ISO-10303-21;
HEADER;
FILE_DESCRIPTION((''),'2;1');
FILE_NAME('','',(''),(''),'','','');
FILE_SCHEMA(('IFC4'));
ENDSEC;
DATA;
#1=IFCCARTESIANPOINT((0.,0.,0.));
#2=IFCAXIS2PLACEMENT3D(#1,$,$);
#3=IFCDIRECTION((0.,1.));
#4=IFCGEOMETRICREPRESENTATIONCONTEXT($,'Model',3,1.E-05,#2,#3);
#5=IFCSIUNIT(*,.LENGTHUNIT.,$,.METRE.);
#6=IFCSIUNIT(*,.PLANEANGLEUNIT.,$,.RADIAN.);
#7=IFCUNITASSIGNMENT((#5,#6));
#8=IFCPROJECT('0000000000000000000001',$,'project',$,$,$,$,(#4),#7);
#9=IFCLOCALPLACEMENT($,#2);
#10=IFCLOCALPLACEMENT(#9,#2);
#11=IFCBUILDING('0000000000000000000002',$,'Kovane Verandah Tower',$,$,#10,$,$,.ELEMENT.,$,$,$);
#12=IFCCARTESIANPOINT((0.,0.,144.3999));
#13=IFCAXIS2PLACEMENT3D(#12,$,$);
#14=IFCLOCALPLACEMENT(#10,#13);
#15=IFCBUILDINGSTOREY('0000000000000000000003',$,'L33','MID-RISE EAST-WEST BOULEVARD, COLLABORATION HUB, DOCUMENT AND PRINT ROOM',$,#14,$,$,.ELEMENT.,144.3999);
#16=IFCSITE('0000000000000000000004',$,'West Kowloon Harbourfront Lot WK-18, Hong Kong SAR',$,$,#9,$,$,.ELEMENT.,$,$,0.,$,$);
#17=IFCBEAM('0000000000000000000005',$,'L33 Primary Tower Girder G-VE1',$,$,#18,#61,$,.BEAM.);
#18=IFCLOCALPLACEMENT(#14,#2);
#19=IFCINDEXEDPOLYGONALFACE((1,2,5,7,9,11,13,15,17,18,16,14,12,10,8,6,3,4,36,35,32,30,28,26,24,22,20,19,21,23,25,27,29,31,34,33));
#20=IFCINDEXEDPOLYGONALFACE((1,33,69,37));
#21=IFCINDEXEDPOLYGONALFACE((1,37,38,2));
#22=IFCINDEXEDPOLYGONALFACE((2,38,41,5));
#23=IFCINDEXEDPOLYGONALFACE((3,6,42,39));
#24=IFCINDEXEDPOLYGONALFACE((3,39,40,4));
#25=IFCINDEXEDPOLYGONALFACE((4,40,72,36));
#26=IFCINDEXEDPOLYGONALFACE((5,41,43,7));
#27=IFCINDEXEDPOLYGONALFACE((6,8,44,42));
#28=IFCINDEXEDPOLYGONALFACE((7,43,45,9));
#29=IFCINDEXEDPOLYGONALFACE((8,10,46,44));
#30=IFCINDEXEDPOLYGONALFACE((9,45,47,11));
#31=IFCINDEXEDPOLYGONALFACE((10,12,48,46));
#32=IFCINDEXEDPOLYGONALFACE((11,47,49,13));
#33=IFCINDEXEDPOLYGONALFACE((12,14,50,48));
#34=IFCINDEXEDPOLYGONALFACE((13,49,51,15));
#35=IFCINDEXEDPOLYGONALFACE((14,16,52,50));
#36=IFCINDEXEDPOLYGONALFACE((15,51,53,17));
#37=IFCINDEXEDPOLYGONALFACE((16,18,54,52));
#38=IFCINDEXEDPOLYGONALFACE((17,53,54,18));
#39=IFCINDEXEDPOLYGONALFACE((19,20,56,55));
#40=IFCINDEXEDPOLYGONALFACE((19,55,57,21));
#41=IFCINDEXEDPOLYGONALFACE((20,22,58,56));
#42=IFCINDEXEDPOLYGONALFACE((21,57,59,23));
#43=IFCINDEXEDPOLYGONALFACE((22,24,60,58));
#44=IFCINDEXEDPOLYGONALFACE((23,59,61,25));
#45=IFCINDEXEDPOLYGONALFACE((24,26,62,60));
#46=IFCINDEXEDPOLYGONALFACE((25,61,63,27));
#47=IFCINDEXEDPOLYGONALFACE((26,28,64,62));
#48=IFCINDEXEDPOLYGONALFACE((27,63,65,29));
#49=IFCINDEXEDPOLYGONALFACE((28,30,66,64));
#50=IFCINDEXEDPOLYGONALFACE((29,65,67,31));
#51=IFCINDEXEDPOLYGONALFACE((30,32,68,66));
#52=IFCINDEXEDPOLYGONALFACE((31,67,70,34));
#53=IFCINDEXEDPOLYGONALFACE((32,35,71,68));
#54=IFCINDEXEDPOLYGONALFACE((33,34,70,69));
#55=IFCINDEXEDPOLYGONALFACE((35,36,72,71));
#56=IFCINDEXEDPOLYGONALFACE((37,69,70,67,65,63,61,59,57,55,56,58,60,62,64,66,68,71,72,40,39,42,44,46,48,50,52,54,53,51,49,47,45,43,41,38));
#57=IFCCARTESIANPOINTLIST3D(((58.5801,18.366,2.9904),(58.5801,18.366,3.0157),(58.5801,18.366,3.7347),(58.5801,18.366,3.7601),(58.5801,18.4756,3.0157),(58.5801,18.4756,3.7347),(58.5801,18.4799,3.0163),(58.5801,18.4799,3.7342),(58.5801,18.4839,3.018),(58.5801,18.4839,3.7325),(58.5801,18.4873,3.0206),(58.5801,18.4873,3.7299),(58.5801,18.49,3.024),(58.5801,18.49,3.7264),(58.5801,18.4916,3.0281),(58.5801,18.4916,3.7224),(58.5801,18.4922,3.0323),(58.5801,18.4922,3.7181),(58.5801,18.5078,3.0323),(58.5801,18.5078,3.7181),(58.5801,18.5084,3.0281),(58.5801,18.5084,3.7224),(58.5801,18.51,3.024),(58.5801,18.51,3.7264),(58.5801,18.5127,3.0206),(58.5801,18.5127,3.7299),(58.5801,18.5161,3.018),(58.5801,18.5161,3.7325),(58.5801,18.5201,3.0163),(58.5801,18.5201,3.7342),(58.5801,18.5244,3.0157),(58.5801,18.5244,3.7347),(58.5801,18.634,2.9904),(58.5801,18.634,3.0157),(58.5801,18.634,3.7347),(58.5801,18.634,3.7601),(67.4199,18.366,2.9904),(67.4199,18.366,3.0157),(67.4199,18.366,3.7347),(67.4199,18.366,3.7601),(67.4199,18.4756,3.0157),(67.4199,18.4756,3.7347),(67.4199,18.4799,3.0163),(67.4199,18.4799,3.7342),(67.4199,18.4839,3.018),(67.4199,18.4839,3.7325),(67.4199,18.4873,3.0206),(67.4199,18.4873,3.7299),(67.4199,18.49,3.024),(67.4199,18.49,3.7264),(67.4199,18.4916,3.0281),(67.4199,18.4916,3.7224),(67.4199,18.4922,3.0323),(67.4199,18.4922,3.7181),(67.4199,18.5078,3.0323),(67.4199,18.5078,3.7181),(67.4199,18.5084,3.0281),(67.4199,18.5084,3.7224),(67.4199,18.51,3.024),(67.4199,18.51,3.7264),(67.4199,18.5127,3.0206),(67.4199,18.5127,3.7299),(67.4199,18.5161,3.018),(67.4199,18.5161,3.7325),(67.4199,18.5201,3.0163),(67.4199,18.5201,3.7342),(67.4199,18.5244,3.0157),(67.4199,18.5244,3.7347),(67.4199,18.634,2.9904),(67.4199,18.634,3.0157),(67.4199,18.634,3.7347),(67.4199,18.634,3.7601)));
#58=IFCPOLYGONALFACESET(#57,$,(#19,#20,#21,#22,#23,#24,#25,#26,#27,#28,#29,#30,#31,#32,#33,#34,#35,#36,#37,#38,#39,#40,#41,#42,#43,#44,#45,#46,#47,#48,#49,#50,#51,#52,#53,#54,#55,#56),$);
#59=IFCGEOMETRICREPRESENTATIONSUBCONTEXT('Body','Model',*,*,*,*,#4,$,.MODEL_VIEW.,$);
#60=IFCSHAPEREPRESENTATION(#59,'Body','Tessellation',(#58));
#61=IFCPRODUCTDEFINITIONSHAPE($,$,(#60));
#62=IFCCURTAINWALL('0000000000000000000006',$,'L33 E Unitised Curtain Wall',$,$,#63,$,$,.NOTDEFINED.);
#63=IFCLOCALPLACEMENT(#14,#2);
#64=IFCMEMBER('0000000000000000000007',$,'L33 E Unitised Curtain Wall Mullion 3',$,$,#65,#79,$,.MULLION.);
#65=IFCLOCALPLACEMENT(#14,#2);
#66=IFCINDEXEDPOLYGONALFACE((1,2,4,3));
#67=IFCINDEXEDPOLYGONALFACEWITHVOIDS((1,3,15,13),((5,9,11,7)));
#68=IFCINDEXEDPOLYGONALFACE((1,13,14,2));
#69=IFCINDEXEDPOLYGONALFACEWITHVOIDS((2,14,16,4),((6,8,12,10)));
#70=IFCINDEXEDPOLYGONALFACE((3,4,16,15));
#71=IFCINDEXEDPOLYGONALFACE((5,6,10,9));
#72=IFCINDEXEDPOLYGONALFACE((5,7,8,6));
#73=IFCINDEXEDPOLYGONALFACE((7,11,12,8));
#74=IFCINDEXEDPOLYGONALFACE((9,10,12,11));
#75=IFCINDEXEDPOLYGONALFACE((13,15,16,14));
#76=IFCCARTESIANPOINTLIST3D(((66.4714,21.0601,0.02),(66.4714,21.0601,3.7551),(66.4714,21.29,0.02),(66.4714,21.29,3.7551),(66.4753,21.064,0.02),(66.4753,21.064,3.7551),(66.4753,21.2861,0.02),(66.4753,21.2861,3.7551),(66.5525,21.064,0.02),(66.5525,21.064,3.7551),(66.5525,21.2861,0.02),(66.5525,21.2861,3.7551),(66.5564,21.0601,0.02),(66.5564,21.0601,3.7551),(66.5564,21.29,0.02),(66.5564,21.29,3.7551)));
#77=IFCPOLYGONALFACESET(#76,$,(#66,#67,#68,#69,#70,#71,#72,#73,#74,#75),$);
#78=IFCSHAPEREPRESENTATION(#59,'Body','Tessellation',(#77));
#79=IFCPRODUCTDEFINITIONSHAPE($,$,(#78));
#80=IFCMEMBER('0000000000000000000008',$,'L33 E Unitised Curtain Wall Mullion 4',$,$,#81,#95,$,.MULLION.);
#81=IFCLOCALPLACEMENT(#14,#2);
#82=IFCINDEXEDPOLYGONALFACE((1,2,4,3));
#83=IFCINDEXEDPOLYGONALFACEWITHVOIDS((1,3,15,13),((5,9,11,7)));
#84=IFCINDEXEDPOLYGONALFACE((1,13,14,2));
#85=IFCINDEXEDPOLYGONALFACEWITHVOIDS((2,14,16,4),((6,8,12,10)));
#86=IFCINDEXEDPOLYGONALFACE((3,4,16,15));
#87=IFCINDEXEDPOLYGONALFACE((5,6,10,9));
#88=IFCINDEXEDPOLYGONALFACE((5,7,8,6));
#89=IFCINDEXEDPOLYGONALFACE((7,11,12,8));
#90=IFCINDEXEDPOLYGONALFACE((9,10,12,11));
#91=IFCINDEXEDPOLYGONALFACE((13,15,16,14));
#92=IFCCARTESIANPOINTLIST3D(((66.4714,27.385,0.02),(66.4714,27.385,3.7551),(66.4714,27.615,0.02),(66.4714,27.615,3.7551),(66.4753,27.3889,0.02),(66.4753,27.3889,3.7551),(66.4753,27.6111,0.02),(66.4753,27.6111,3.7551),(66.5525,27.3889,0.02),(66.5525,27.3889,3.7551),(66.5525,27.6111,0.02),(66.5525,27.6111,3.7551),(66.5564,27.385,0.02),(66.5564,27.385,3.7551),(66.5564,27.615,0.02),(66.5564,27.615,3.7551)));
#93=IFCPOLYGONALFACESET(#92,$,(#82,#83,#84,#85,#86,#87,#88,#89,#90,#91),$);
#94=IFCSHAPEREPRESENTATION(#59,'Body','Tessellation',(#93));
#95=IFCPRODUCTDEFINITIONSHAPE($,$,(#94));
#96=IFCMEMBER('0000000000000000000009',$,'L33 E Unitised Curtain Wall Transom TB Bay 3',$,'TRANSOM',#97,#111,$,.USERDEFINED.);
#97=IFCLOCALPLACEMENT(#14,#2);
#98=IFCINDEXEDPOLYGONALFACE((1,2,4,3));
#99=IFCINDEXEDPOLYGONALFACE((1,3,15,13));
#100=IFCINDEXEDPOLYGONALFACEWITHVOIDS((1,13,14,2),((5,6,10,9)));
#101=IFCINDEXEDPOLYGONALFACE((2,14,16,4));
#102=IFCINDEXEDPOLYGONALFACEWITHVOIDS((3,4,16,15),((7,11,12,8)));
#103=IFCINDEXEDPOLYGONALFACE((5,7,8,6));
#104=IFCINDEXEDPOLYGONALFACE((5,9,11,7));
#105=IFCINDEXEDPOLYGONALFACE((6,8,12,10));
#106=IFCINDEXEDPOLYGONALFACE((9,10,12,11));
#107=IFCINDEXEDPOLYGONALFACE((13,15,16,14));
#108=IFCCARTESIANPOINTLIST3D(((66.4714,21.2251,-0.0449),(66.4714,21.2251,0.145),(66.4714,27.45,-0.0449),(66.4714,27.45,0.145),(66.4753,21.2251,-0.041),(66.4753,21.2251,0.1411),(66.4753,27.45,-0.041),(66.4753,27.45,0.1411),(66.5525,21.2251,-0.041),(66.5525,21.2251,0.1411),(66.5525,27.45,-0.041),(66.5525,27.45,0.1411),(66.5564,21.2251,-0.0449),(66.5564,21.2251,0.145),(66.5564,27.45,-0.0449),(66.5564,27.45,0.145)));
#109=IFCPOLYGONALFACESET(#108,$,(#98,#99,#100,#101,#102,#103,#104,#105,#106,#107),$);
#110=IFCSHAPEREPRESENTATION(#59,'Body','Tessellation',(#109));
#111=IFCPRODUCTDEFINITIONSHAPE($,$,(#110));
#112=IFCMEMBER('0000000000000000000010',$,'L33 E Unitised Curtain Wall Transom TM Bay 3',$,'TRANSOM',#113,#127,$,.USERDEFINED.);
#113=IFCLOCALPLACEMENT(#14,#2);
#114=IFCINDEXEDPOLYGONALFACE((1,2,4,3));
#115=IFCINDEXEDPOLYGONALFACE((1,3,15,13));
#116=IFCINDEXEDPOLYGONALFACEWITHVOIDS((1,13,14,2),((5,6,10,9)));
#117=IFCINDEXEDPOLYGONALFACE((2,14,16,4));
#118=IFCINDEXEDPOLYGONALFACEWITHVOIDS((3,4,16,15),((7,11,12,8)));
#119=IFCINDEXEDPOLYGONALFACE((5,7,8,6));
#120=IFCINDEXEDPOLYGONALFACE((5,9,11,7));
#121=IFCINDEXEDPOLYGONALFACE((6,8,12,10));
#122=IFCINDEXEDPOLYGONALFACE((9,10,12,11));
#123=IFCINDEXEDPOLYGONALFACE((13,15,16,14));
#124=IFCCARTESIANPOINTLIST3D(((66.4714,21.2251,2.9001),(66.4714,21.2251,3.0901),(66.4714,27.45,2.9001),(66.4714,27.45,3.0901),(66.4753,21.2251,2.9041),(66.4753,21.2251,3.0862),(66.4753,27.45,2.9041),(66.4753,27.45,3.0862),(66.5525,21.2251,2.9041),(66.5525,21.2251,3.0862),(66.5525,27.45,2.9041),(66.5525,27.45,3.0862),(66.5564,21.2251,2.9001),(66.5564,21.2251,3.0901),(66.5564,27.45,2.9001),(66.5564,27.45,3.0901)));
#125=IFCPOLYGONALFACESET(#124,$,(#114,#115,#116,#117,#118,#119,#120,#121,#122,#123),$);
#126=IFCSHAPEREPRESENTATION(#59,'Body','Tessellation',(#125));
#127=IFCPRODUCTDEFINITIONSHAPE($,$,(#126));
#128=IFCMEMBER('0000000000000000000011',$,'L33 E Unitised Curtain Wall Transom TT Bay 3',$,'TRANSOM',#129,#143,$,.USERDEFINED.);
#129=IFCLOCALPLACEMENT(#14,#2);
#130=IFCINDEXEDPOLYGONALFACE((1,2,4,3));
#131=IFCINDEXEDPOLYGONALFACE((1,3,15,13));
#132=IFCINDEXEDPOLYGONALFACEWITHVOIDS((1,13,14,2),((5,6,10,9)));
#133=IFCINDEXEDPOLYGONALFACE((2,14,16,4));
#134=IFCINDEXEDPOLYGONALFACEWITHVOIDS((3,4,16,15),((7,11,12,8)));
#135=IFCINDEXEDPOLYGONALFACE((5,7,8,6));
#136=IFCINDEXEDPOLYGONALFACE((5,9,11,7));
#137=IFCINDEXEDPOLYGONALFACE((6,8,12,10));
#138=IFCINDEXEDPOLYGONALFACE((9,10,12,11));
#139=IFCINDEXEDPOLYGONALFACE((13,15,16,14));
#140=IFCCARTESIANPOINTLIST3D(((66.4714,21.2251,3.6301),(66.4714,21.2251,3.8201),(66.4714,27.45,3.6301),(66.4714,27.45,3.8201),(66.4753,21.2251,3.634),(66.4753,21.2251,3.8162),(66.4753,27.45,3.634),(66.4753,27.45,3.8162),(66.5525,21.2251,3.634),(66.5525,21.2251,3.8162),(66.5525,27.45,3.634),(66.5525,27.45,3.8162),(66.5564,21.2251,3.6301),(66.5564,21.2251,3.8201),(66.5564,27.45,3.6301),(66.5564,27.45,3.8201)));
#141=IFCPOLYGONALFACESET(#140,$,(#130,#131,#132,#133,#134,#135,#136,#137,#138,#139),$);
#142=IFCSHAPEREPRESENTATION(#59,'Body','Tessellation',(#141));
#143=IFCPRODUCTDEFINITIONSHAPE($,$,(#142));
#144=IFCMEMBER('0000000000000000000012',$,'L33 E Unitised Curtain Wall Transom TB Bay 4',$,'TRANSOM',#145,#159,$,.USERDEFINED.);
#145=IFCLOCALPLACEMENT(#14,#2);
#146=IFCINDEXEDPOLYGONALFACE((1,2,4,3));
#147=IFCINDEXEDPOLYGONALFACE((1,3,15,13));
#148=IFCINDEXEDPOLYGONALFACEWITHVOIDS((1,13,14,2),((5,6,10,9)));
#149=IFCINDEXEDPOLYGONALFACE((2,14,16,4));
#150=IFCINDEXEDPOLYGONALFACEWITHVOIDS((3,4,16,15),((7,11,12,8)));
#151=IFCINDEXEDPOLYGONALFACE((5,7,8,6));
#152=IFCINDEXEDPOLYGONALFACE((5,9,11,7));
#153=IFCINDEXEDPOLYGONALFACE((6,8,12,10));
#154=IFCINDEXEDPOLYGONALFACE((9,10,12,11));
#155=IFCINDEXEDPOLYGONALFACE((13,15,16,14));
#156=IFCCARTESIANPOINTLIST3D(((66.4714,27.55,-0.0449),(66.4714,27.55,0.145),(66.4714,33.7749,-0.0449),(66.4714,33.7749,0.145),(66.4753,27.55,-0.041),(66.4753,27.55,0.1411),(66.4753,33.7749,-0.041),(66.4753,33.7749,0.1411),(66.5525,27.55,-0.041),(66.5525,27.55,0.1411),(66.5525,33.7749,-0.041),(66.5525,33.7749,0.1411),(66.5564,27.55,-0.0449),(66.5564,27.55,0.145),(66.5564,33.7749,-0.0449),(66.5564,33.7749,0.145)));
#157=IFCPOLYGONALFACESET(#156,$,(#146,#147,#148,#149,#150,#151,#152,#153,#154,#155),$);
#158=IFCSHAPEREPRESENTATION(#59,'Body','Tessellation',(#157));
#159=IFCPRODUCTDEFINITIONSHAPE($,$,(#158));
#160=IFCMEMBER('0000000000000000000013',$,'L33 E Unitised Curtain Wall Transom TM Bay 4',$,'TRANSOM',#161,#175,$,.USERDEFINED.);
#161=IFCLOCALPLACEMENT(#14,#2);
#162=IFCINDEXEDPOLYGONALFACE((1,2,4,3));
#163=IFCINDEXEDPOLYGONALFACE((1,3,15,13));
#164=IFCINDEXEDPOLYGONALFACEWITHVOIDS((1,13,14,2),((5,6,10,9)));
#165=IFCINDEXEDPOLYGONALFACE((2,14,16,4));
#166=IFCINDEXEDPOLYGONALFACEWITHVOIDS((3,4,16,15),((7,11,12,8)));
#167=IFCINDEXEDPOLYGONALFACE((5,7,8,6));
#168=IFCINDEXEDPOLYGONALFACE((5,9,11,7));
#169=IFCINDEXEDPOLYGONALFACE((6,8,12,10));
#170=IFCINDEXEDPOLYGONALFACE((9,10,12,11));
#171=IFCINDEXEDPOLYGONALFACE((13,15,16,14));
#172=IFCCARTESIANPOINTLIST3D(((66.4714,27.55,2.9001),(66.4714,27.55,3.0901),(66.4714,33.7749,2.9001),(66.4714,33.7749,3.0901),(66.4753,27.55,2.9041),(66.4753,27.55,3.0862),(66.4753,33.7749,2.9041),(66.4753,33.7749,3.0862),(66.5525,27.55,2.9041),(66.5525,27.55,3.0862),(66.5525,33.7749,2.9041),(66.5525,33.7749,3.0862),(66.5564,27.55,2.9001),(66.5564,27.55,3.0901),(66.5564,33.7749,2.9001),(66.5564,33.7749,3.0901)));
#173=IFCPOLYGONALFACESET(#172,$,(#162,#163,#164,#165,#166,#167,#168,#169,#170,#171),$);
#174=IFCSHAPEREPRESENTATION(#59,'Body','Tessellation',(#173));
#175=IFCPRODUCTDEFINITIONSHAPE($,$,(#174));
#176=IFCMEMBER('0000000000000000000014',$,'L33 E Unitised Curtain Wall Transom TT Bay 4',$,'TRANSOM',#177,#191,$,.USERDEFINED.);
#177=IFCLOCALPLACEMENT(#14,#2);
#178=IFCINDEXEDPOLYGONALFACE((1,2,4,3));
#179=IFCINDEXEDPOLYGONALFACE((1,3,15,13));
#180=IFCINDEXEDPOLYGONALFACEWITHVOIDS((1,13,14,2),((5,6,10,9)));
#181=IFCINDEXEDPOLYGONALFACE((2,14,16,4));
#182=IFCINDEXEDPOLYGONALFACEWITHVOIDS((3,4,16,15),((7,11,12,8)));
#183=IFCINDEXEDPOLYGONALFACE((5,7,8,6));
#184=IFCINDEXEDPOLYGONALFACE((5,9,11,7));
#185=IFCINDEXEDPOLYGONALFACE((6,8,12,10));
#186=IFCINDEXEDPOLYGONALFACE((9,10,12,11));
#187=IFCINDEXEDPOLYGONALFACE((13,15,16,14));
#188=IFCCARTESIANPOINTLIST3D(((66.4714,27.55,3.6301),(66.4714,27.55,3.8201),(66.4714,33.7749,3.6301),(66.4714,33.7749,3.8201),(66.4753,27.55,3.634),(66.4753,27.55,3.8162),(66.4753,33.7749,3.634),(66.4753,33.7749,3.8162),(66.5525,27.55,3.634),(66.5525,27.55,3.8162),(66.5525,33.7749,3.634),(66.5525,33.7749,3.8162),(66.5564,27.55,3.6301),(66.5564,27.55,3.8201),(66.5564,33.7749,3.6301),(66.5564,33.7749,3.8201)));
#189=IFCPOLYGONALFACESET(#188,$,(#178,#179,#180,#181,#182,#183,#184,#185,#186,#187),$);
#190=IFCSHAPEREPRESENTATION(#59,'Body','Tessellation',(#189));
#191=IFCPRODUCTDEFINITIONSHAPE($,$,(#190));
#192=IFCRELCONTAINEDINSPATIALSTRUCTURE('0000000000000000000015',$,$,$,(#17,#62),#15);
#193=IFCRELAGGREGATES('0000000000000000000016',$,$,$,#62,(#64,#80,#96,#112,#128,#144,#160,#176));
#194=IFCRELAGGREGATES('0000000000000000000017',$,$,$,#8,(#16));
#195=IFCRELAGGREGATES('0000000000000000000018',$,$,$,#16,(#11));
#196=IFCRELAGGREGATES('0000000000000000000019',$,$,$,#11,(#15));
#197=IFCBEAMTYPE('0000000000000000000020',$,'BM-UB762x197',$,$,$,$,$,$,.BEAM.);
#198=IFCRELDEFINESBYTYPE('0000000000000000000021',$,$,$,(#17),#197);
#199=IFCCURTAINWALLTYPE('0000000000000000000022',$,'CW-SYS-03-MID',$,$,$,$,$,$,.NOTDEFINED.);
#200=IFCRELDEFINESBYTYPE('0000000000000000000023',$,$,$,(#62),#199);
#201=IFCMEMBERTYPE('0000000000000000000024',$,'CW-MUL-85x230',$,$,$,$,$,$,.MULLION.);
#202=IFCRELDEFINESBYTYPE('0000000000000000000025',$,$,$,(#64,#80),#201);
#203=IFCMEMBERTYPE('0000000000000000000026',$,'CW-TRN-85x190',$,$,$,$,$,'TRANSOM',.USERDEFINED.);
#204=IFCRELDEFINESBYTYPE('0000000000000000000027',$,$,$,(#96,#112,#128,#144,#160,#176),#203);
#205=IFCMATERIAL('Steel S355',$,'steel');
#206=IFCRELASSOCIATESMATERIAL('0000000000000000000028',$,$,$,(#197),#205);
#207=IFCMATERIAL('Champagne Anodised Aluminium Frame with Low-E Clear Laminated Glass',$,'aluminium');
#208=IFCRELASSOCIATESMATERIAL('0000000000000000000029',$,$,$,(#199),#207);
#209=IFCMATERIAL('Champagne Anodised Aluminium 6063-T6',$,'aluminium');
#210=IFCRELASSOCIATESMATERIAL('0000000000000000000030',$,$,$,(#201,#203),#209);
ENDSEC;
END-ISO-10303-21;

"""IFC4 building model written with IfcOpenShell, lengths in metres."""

from ifc_helpers import new_model, si_unit, direction, frame, origin, origin_2d, place, context, subcontext, project, spatial, hollow_rectangle, i_section, extrude, material, material_profile, profile_set, type_object, element, aggregate, save


model = new_model("IFC4")

# Units and contexts
model_context = context("Model", 3, precision=1e-05, world=origin(), true_north=direction((0.0, 1.0)))
body_context = subcontext(model_context, "Body", "Model", "MODEL_VIEW")
ifc_project = project(units=[si_unit("LENGTHUNIT", "METRE"), si_unit("PLANEANGLEUNIT", "RADIAN")], contexts=[model_context])

# Site, building, storey
site_placement = place(None, origin())
site = spatial("IfcSite", under=ifc_project, at=site_placement, Name="West Kowloon Harbourfront Lot WK-18, Hong Kong SAR", CompositionType="ELEMENT", RefElevation=0.0)
building_placement = place(site_placement, origin())
building = spatial("IfcBuilding", under=site, at=building_placement, Name="Kovane Verandah Tower", CompositionType="ELEMENT")
storey_placement = place(building_placement, frame((0.0, 0.0, 144.3999)))
storey = spatial("IfcBuildingStorey", under=building, at=storey_placement, Name="L33", Description="MID-RISE EAST-WEST BOULEVARD, COLLABORATION HUB, DOCUMENT AND PRINT ROOM", CompositionType="ELEMENT", Elevation=144.3999)

# Beam
ifc_material_1 = material(Name="Steel S355", Category="steel")
ifc_material_profile_1 = material_profile(ifc_material_1, i_section(OverallWidth=0.2681, OverallDepth=0.7698, WebThickness=0.0156, FlangeThickness=0.0254, FilletRadius=0.0166, at=origin_2d()), Name="UB762x267x197")
ifc_profile_set_1 = profile_set([ifc_material_profile_1], Name="Steel S355")
beam_type_1 = type_object("IfcBeamType", Name="BM-UB762x197", PredefinedType="BEAM", material=ifc_profile_set_1)
beam_1_placement = place(storey_placement, frame((58.5801, 18.5, 3.3752), z_axis=(1.0, 0.0, 0.0), x_axis=(0.0, 1.0, 0.0)))
element("IfcBeam", 1, at=beam_1_placement, inside=storey, type_object=beam_type_1, Name="L33 Primary Tower Girder G-VE1", PredefinedType="BEAM", context=body_context, shape_type="SweptSolid", body=[
    extrude(i_section(OverallWidth=0.2681, OverallDepth=0.7698, WebThickness=0.0156, FlangeThickness=0.0254, FilletRadius=0.0166, at=origin_2d()), origin(), (0.0, 0.0, 1.0), 8.8398),
])

# Curtain wall, members
ifc_material_2 = material(Name="Champagne Anodised Aluminium Frame with Low-E Clear Laminated Glass", Category="aluminium")
curtain_wall_type = type_object("IfcCurtainWallType", Name="CW-SYS-03-MID", PredefinedType="NOTDEFINED", material=ifc_material_2)
curtain_wall_placement = place(storey_placement, origin())
curtain_wall = element("IfcCurtainWall", 2, at=curtain_wall_placement, inside=storey, type_object=curtain_wall_type, Name="L33 E Unitised Curtain Wall", PredefinedType="NOTDEFINED")
ifc_material_3 = material(Name="Champagne Anodised Aluminium 6063-T6", Category="aluminium")
ifc_material_profile_2 = material_profile(ifc_material_3, hollow_rectangle(XDim=0.085, YDim=0.23, WallThickness=0.0039, at=origin_2d()), Name="AL85x230x4")
ifc_profile_set_2 = profile_set([ifc_material_profile_2], Name="Champagne Anodised Aluminium 6063-T6")
member_type_1 = type_object("IfcMemberType", Name="CW-MUL-85x230", PredefinedType="MULLION", material=ifc_profile_set_2)
member_1_placement = place(storey_placement, frame((66.5139, 21.175, 0.02), z_axis=(0.0, 0.0, 1.0), x_axis=(1.0, 0.0, 0.0)))
member_1 = element("IfcMember", 3, at=member_1_placement, type_object=member_type_1, Name="L33 E Unitised Curtain Wall Mullion 3", PredefinedType="MULLION", context=body_context, shape_type="SweptSolid", body=[
    extrude(hollow_rectangle(XDim=0.085, YDim=0.23, WallThickness=0.0039, at=origin_2d()), origin(), (0.0, 0.0, 1.0), 3.7351),
])
member_2_placement = place(storey_placement, frame((66.5139, 27.5, 0.02), z_axis=(0.0, 0.0, 1.0), x_axis=(1.0, 0.0, 0.0)))
member_2 = element("IfcMember", 4, at=member_2_placement, type_object=member_type_1, Name="L33 E Unitised Curtain Wall Mullion 4", PredefinedType="MULLION", context=body_context, shape_type="SweptSolid", body=[
    extrude(hollow_rectangle(XDim=0.085, YDim=0.23, WallThickness=0.0039, at=origin_2d()), origin(), (0.0, 0.0, 1.0), 3.7351),
])
ifc_material_profile_3 = material_profile(ifc_material_3, hollow_rectangle(XDim=0.085, YDim=0.1899, WallThickness=0.0039, at=origin_2d()), Name="AL85x190x4")
ifc_profile_set_3 = profile_set([ifc_material_profile_3], Name="Champagne Anodised Aluminium 6063-T6")
member_type_2 = type_object("IfcMemberType", Name="CW-TRN-85x190", ElementType="TRANSOM", PredefinedType="USERDEFINED", material=ifc_profile_set_3)
member_3_placement = place(storey_placement, frame((66.5139, 21.2251, 0.05), z_axis=(0.0, 1.0, 0.0), x_axis=(-1.0, 0.0, 0.0)))
member_3 = element("IfcMember", 5, at=member_3_placement, type_object=member_type_2, Name="L33 E Unitised Curtain Wall Transom TB Bay 3", ObjectType="TRANSOM", PredefinedType="USERDEFINED", context=body_context, shape_type="SweptSolid", body=[
    extrude(hollow_rectangle(XDim=0.085, YDim=0.1899, WallThickness=0.0039, at=origin_2d()), origin(), (0.0, 0.0, 1.0), 6.2249),
])
member_4_placement = place(storey_placement, frame((66.5139, 21.2251, 2.9951), z_axis=(0.0, 1.0, 0.0), x_axis=(-1.0, 0.0, 0.0)))
member_4 = element("IfcMember", 6, at=member_4_placement, type_object=member_type_2, Name="L33 E Unitised Curtain Wall Transom TM Bay 3", ObjectType="TRANSOM", PredefinedType="USERDEFINED", context=body_context, shape_type="SweptSolid", body=[
    extrude(hollow_rectangle(XDim=0.085, YDim=0.1899, WallThickness=0.0039, at=origin_2d()), origin(), (0.0, 0.0, 1.0), 6.2249),
])
member_5_placement = place(storey_placement, frame((66.5139, 21.2251, 3.7251), z_axis=(0.0, 1.0, 0.0), x_axis=(-1.0, 0.0, 0.0)))
member_5 = element("IfcMember", 7, at=member_5_placement, type_object=member_type_2, Name="L33 E Unitised Curtain Wall Transom TT Bay 3", ObjectType="TRANSOM", PredefinedType="USERDEFINED", context=body_context, shape_type="SweptSolid", body=[
    extrude(hollow_rectangle(XDim=0.085, YDim=0.1899, WallThickness=0.0039, at=origin_2d()), origin(), (0.0, 0.0, 1.0), 6.2249),
])
member_6_placement = place(storey_placement, frame((66.5139, 27.55, 0.05), z_axis=(0.0, 1.0, 0.0), x_axis=(-1.0, 0.0, 0.0)))
member_6 = element("IfcMember", 8, at=member_6_placement, type_object=member_type_2, Name="L33 E Unitised Curtain Wall Transom TB Bay 4", ObjectType="TRANSOM", PredefinedType="USERDEFINED", context=body_context, shape_type="SweptSolid", body=[
    extrude(hollow_rectangle(XDim=0.085, YDim=0.1899, WallThickness=0.0039, at=origin_2d()), origin(), (0.0, 0.0, 1.0), 6.2249),
])
member_7_placement = place(storey_placement, frame((66.5139, 27.55, 2.9951), z_axis=(0.0, 1.0, 0.0), x_axis=(-1.0, 0.0, 0.0)))
member_7 = element("IfcMember", 9, at=member_7_placement, type_object=member_type_2, Name="L33 E Unitised Curtain Wall Transom TM Bay 4", ObjectType="TRANSOM", PredefinedType="USERDEFINED", context=body_context, shape_type="SweptSolid", body=[
    extrude(hollow_rectangle(XDim=0.085, YDim=0.1899, WallThickness=0.0039, at=origin_2d()), origin(), (0.0, 0.0, 1.0), 6.2249),
])
member_8_placement = place(storey_placement, frame((66.5139, 27.55, 3.7251), z_axis=(0.0, 1.0, 0.0), x_axis=(-1.0, 0.0, 0.0)))
member_8 = element("IfcMember", 10, at=member_8_placement, type_object=member_type_2, Name="L33 E Unitised Curtain Wall Transom TT Bay 4", ObjectType="TRANSOM", PredefinedType="USERDEFINED", context=body_context, shape_type="SweptSolid", body=[
    extrude(hollow_rectangle(XDim=0.085, YDim=0.1899, WallThickness=0.0039, at=origin_2d()), origin(), (0.0, 0.0, 1.0), 6.2249),
])

aggregate(curtain_wall, [member_1, member_2, member_3, member_4, member_5, member_6, member_7, member_8])

save(model, "model.ifc")
